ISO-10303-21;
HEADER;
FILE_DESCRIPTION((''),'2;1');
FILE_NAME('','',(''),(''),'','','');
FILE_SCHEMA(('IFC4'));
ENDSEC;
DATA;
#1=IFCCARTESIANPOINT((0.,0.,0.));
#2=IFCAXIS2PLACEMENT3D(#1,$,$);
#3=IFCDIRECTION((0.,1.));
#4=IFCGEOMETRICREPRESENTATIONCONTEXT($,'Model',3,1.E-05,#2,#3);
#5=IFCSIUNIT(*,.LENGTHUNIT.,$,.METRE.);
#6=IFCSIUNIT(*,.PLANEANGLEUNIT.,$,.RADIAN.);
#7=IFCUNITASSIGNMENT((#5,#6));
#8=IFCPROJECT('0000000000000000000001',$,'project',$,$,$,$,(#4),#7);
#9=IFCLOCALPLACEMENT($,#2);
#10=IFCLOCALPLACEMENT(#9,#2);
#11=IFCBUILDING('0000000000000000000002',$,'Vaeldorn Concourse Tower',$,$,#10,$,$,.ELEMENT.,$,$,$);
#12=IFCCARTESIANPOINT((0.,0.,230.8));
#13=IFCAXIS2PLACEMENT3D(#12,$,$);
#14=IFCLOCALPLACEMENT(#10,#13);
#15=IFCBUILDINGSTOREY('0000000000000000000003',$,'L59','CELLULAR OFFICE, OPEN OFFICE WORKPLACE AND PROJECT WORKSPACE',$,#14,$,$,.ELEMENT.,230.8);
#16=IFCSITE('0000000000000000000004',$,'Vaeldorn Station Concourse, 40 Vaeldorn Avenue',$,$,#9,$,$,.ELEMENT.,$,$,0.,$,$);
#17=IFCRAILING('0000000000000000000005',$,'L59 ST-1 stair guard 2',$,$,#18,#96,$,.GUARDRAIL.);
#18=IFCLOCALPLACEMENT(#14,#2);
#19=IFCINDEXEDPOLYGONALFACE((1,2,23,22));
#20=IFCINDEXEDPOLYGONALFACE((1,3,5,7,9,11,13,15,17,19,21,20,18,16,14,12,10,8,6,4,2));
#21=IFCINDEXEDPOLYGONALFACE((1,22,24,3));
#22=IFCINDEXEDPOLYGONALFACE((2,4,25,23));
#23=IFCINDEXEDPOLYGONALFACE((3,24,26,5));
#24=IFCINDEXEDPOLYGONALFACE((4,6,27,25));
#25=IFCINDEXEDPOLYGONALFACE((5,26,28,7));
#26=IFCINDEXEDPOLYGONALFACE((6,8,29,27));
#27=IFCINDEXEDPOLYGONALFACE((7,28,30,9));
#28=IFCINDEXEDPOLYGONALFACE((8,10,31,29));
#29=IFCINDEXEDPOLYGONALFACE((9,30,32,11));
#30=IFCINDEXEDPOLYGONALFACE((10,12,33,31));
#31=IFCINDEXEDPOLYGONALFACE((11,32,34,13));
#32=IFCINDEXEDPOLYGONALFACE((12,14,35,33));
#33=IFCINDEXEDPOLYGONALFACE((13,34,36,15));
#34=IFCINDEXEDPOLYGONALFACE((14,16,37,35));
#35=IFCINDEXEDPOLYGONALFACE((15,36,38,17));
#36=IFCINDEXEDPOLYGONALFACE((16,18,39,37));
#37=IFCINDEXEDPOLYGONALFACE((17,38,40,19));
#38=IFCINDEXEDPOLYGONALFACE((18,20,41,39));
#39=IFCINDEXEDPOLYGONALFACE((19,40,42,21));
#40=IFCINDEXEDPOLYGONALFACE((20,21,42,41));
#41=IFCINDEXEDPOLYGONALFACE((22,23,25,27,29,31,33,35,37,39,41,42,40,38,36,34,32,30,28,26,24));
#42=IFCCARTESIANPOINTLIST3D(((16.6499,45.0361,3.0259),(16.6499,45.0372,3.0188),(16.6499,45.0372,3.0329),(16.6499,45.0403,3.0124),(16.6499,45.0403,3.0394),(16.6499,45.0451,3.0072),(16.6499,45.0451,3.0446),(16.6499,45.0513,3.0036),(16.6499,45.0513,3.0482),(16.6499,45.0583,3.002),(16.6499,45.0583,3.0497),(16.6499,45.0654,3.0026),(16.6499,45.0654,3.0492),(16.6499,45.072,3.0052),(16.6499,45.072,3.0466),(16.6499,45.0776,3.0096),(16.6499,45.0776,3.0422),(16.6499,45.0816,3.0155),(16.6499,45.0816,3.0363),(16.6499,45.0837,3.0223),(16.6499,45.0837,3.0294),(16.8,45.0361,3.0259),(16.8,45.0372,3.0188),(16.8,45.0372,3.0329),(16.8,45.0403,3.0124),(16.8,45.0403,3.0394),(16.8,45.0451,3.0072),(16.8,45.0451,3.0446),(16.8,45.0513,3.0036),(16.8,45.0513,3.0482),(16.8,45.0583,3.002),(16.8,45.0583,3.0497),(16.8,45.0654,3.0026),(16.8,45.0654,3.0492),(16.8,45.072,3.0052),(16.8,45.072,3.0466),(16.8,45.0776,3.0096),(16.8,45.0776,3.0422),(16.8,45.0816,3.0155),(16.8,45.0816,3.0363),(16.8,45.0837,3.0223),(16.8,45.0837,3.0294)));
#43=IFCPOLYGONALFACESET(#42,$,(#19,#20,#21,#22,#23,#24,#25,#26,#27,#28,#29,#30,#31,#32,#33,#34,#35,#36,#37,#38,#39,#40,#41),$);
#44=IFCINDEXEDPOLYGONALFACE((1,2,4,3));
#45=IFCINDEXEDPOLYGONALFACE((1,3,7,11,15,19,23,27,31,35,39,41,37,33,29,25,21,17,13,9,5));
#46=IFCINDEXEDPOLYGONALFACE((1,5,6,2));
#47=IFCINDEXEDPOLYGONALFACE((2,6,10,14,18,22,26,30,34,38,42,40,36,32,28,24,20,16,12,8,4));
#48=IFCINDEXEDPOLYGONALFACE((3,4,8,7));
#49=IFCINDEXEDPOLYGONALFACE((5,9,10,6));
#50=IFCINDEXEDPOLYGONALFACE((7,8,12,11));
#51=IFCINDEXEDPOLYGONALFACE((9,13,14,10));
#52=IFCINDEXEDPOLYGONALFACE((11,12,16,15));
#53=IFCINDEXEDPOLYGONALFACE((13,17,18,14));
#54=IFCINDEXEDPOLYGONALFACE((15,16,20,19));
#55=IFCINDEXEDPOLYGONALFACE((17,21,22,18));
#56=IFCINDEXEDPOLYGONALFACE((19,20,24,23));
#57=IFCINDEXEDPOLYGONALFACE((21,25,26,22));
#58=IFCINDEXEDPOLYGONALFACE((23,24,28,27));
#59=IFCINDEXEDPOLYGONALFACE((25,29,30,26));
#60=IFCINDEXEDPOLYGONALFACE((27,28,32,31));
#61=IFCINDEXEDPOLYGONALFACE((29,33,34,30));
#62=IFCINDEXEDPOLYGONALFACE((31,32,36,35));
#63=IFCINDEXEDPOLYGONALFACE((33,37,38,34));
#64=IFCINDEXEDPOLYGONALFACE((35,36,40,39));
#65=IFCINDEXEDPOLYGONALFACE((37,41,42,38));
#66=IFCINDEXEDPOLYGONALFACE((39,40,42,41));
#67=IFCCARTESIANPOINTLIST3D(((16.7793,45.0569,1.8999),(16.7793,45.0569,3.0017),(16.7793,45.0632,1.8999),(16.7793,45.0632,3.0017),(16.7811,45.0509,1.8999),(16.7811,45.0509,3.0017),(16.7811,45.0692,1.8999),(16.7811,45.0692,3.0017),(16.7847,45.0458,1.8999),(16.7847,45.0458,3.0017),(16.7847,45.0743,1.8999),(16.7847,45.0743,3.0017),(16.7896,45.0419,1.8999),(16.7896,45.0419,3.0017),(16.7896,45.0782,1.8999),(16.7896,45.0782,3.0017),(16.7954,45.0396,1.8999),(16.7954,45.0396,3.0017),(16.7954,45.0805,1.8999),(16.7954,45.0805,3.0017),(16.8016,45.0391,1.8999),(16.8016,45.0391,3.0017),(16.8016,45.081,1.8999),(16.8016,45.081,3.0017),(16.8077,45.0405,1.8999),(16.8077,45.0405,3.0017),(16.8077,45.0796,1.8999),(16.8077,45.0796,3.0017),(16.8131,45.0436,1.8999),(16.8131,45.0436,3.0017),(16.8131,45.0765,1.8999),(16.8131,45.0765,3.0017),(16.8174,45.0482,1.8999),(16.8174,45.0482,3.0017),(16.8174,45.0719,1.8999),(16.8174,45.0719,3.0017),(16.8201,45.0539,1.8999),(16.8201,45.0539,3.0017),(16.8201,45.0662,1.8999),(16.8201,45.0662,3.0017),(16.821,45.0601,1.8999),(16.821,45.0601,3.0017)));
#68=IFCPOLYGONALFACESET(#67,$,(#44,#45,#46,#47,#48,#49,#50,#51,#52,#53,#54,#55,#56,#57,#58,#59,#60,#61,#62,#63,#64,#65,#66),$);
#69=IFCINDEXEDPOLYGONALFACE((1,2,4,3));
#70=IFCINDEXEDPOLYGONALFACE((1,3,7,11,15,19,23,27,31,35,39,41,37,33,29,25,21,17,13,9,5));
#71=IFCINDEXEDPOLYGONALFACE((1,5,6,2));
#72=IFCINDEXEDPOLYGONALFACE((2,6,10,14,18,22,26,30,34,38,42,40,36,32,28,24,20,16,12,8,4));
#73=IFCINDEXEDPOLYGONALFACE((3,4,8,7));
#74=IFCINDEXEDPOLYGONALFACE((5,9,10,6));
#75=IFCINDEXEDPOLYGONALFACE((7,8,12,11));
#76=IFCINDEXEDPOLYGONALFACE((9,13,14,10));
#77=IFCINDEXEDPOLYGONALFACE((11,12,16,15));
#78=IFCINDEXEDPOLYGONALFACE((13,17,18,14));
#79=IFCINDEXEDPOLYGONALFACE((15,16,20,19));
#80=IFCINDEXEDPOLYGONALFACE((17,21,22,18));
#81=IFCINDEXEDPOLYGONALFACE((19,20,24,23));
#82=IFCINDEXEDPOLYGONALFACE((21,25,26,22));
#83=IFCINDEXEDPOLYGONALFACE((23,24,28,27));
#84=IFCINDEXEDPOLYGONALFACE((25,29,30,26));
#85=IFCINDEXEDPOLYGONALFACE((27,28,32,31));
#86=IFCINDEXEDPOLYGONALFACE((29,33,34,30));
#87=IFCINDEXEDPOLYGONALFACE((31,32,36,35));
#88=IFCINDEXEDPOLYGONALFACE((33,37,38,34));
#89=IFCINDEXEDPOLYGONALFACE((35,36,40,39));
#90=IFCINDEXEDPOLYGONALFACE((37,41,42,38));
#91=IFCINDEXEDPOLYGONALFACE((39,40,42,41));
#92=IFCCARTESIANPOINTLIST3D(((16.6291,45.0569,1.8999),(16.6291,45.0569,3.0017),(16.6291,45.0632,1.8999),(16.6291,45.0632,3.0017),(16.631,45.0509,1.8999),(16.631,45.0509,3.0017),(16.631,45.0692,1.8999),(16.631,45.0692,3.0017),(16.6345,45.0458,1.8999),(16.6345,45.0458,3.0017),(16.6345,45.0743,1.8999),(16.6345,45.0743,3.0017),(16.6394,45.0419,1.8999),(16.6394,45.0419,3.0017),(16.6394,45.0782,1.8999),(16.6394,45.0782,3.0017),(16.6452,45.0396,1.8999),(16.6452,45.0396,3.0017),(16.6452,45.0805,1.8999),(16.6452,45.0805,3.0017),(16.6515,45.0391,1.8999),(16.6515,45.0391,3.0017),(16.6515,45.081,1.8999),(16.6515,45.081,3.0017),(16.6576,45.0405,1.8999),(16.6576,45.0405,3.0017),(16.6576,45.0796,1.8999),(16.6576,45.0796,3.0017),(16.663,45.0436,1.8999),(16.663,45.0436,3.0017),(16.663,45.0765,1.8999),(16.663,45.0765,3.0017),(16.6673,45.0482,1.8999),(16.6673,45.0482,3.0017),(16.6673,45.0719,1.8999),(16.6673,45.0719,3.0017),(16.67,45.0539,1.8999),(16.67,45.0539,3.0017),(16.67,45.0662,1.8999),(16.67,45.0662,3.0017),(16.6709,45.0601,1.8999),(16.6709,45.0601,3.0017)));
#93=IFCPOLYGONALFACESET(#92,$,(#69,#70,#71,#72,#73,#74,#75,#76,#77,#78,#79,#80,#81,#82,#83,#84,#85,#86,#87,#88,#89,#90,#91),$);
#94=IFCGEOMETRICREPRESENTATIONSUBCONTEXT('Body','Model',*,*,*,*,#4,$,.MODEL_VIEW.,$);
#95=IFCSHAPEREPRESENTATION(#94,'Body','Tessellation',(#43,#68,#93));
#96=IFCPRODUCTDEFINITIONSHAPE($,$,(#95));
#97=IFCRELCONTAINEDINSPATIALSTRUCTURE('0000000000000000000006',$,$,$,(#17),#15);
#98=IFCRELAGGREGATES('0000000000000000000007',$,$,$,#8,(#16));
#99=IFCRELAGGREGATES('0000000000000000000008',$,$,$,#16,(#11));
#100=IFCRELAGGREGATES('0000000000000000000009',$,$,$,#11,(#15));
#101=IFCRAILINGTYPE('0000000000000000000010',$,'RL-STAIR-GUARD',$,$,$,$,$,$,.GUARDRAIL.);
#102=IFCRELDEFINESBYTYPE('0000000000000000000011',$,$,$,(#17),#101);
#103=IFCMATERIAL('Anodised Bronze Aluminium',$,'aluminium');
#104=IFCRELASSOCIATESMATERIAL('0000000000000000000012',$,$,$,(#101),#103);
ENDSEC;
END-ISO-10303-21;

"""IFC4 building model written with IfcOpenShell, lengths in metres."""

from ifc_helpers import new_model, si_unit, direction, frame, origin, origin_2d, place, context, subcontext, project, spatial, circle, extrude, material, type_object, element, save


model = new_model("IFC4")

# Units and contexts
model_context = context("Model", 3, precision=1e-05, world=origin(), true_north=direction((0.0, 1.0)))
body_context = subcontext(model_context, "Body", "Model", "MODEL_VIEW")
ifc_project = project(units=[si_unit("LENGTHUNIT", "METRE"), si_unit("PLANEANGLEUNIT", "RADIAN")], contexts=[model_context])

# Site, building, storey
site_placement = place(None, origin())
site = spatial("IfcSite", under=ifc_project, at=site_placement, Name="Vaeldorn Station Concourse, 40 Vaeldorn Avenue", CompositionType="ELEMENT", RefElevation=0.0)
building_placement = place(site_placement, origin())
building = spatial("IfcBuilding", under=site, at=building_placement, Name="Vaeldorn Concourse Tower", CompositionType="ELEMENT")
storey_placement = place(building_placement, frame((0.0, 0.0, 230.8)))
storey = spatial("IfcBuildingStorey", under=building, at=storey_placement, Name="L59", Description="CELLULAR OFFICE, OPEN OFFICE WORKPLACE AND PROJECT WORKSPACE", CompositionType="ELEMENT", Elevation=230.8)

# Shared definitions
ifc_material_1 = material(Name="Anodised Bronze Aluminium", Category="aluminium")

# Railing
railing_type_1 = type_object("IfcRailingType", Name="RL-STAIR-GUARD", PredefinedType="GUARDRAIL", material=ifc_material_1)
railing_1_placement = place(storey_placement, frame((16.8, 45.0601, 1.8999)))
element("IfcRailing", 1, at=railing_1_placement, inside=storey, type_object=railing_type_1, Name="L59 ST-1 stair guard 2", PredefinedType="GUARDRAIL", context=body_context, shape_type="SweptSolid", body=[
    extrude(circle(Radius=0.0239, at=origin_2d()), frame((0.0, 0.0, 1.126), z_axis=(-1.0, 0.0, 0.0), x_axis=(0.0, -1.0, 0.0)), (0.0, 0.0, 1.0), 0.1501),
    extrude(circle(Radius=0.021, at=origin_2d()), origin(), (0.0, 0.0, 1.0), 1.1018),
    extrude(circle(Radius=0.021, at=origin_2d()), frame((-0.1501, 0.0, 0.0)), (0.0, 0.0, 1.0), 1.1018),
])

save(model, "model.ifc")
